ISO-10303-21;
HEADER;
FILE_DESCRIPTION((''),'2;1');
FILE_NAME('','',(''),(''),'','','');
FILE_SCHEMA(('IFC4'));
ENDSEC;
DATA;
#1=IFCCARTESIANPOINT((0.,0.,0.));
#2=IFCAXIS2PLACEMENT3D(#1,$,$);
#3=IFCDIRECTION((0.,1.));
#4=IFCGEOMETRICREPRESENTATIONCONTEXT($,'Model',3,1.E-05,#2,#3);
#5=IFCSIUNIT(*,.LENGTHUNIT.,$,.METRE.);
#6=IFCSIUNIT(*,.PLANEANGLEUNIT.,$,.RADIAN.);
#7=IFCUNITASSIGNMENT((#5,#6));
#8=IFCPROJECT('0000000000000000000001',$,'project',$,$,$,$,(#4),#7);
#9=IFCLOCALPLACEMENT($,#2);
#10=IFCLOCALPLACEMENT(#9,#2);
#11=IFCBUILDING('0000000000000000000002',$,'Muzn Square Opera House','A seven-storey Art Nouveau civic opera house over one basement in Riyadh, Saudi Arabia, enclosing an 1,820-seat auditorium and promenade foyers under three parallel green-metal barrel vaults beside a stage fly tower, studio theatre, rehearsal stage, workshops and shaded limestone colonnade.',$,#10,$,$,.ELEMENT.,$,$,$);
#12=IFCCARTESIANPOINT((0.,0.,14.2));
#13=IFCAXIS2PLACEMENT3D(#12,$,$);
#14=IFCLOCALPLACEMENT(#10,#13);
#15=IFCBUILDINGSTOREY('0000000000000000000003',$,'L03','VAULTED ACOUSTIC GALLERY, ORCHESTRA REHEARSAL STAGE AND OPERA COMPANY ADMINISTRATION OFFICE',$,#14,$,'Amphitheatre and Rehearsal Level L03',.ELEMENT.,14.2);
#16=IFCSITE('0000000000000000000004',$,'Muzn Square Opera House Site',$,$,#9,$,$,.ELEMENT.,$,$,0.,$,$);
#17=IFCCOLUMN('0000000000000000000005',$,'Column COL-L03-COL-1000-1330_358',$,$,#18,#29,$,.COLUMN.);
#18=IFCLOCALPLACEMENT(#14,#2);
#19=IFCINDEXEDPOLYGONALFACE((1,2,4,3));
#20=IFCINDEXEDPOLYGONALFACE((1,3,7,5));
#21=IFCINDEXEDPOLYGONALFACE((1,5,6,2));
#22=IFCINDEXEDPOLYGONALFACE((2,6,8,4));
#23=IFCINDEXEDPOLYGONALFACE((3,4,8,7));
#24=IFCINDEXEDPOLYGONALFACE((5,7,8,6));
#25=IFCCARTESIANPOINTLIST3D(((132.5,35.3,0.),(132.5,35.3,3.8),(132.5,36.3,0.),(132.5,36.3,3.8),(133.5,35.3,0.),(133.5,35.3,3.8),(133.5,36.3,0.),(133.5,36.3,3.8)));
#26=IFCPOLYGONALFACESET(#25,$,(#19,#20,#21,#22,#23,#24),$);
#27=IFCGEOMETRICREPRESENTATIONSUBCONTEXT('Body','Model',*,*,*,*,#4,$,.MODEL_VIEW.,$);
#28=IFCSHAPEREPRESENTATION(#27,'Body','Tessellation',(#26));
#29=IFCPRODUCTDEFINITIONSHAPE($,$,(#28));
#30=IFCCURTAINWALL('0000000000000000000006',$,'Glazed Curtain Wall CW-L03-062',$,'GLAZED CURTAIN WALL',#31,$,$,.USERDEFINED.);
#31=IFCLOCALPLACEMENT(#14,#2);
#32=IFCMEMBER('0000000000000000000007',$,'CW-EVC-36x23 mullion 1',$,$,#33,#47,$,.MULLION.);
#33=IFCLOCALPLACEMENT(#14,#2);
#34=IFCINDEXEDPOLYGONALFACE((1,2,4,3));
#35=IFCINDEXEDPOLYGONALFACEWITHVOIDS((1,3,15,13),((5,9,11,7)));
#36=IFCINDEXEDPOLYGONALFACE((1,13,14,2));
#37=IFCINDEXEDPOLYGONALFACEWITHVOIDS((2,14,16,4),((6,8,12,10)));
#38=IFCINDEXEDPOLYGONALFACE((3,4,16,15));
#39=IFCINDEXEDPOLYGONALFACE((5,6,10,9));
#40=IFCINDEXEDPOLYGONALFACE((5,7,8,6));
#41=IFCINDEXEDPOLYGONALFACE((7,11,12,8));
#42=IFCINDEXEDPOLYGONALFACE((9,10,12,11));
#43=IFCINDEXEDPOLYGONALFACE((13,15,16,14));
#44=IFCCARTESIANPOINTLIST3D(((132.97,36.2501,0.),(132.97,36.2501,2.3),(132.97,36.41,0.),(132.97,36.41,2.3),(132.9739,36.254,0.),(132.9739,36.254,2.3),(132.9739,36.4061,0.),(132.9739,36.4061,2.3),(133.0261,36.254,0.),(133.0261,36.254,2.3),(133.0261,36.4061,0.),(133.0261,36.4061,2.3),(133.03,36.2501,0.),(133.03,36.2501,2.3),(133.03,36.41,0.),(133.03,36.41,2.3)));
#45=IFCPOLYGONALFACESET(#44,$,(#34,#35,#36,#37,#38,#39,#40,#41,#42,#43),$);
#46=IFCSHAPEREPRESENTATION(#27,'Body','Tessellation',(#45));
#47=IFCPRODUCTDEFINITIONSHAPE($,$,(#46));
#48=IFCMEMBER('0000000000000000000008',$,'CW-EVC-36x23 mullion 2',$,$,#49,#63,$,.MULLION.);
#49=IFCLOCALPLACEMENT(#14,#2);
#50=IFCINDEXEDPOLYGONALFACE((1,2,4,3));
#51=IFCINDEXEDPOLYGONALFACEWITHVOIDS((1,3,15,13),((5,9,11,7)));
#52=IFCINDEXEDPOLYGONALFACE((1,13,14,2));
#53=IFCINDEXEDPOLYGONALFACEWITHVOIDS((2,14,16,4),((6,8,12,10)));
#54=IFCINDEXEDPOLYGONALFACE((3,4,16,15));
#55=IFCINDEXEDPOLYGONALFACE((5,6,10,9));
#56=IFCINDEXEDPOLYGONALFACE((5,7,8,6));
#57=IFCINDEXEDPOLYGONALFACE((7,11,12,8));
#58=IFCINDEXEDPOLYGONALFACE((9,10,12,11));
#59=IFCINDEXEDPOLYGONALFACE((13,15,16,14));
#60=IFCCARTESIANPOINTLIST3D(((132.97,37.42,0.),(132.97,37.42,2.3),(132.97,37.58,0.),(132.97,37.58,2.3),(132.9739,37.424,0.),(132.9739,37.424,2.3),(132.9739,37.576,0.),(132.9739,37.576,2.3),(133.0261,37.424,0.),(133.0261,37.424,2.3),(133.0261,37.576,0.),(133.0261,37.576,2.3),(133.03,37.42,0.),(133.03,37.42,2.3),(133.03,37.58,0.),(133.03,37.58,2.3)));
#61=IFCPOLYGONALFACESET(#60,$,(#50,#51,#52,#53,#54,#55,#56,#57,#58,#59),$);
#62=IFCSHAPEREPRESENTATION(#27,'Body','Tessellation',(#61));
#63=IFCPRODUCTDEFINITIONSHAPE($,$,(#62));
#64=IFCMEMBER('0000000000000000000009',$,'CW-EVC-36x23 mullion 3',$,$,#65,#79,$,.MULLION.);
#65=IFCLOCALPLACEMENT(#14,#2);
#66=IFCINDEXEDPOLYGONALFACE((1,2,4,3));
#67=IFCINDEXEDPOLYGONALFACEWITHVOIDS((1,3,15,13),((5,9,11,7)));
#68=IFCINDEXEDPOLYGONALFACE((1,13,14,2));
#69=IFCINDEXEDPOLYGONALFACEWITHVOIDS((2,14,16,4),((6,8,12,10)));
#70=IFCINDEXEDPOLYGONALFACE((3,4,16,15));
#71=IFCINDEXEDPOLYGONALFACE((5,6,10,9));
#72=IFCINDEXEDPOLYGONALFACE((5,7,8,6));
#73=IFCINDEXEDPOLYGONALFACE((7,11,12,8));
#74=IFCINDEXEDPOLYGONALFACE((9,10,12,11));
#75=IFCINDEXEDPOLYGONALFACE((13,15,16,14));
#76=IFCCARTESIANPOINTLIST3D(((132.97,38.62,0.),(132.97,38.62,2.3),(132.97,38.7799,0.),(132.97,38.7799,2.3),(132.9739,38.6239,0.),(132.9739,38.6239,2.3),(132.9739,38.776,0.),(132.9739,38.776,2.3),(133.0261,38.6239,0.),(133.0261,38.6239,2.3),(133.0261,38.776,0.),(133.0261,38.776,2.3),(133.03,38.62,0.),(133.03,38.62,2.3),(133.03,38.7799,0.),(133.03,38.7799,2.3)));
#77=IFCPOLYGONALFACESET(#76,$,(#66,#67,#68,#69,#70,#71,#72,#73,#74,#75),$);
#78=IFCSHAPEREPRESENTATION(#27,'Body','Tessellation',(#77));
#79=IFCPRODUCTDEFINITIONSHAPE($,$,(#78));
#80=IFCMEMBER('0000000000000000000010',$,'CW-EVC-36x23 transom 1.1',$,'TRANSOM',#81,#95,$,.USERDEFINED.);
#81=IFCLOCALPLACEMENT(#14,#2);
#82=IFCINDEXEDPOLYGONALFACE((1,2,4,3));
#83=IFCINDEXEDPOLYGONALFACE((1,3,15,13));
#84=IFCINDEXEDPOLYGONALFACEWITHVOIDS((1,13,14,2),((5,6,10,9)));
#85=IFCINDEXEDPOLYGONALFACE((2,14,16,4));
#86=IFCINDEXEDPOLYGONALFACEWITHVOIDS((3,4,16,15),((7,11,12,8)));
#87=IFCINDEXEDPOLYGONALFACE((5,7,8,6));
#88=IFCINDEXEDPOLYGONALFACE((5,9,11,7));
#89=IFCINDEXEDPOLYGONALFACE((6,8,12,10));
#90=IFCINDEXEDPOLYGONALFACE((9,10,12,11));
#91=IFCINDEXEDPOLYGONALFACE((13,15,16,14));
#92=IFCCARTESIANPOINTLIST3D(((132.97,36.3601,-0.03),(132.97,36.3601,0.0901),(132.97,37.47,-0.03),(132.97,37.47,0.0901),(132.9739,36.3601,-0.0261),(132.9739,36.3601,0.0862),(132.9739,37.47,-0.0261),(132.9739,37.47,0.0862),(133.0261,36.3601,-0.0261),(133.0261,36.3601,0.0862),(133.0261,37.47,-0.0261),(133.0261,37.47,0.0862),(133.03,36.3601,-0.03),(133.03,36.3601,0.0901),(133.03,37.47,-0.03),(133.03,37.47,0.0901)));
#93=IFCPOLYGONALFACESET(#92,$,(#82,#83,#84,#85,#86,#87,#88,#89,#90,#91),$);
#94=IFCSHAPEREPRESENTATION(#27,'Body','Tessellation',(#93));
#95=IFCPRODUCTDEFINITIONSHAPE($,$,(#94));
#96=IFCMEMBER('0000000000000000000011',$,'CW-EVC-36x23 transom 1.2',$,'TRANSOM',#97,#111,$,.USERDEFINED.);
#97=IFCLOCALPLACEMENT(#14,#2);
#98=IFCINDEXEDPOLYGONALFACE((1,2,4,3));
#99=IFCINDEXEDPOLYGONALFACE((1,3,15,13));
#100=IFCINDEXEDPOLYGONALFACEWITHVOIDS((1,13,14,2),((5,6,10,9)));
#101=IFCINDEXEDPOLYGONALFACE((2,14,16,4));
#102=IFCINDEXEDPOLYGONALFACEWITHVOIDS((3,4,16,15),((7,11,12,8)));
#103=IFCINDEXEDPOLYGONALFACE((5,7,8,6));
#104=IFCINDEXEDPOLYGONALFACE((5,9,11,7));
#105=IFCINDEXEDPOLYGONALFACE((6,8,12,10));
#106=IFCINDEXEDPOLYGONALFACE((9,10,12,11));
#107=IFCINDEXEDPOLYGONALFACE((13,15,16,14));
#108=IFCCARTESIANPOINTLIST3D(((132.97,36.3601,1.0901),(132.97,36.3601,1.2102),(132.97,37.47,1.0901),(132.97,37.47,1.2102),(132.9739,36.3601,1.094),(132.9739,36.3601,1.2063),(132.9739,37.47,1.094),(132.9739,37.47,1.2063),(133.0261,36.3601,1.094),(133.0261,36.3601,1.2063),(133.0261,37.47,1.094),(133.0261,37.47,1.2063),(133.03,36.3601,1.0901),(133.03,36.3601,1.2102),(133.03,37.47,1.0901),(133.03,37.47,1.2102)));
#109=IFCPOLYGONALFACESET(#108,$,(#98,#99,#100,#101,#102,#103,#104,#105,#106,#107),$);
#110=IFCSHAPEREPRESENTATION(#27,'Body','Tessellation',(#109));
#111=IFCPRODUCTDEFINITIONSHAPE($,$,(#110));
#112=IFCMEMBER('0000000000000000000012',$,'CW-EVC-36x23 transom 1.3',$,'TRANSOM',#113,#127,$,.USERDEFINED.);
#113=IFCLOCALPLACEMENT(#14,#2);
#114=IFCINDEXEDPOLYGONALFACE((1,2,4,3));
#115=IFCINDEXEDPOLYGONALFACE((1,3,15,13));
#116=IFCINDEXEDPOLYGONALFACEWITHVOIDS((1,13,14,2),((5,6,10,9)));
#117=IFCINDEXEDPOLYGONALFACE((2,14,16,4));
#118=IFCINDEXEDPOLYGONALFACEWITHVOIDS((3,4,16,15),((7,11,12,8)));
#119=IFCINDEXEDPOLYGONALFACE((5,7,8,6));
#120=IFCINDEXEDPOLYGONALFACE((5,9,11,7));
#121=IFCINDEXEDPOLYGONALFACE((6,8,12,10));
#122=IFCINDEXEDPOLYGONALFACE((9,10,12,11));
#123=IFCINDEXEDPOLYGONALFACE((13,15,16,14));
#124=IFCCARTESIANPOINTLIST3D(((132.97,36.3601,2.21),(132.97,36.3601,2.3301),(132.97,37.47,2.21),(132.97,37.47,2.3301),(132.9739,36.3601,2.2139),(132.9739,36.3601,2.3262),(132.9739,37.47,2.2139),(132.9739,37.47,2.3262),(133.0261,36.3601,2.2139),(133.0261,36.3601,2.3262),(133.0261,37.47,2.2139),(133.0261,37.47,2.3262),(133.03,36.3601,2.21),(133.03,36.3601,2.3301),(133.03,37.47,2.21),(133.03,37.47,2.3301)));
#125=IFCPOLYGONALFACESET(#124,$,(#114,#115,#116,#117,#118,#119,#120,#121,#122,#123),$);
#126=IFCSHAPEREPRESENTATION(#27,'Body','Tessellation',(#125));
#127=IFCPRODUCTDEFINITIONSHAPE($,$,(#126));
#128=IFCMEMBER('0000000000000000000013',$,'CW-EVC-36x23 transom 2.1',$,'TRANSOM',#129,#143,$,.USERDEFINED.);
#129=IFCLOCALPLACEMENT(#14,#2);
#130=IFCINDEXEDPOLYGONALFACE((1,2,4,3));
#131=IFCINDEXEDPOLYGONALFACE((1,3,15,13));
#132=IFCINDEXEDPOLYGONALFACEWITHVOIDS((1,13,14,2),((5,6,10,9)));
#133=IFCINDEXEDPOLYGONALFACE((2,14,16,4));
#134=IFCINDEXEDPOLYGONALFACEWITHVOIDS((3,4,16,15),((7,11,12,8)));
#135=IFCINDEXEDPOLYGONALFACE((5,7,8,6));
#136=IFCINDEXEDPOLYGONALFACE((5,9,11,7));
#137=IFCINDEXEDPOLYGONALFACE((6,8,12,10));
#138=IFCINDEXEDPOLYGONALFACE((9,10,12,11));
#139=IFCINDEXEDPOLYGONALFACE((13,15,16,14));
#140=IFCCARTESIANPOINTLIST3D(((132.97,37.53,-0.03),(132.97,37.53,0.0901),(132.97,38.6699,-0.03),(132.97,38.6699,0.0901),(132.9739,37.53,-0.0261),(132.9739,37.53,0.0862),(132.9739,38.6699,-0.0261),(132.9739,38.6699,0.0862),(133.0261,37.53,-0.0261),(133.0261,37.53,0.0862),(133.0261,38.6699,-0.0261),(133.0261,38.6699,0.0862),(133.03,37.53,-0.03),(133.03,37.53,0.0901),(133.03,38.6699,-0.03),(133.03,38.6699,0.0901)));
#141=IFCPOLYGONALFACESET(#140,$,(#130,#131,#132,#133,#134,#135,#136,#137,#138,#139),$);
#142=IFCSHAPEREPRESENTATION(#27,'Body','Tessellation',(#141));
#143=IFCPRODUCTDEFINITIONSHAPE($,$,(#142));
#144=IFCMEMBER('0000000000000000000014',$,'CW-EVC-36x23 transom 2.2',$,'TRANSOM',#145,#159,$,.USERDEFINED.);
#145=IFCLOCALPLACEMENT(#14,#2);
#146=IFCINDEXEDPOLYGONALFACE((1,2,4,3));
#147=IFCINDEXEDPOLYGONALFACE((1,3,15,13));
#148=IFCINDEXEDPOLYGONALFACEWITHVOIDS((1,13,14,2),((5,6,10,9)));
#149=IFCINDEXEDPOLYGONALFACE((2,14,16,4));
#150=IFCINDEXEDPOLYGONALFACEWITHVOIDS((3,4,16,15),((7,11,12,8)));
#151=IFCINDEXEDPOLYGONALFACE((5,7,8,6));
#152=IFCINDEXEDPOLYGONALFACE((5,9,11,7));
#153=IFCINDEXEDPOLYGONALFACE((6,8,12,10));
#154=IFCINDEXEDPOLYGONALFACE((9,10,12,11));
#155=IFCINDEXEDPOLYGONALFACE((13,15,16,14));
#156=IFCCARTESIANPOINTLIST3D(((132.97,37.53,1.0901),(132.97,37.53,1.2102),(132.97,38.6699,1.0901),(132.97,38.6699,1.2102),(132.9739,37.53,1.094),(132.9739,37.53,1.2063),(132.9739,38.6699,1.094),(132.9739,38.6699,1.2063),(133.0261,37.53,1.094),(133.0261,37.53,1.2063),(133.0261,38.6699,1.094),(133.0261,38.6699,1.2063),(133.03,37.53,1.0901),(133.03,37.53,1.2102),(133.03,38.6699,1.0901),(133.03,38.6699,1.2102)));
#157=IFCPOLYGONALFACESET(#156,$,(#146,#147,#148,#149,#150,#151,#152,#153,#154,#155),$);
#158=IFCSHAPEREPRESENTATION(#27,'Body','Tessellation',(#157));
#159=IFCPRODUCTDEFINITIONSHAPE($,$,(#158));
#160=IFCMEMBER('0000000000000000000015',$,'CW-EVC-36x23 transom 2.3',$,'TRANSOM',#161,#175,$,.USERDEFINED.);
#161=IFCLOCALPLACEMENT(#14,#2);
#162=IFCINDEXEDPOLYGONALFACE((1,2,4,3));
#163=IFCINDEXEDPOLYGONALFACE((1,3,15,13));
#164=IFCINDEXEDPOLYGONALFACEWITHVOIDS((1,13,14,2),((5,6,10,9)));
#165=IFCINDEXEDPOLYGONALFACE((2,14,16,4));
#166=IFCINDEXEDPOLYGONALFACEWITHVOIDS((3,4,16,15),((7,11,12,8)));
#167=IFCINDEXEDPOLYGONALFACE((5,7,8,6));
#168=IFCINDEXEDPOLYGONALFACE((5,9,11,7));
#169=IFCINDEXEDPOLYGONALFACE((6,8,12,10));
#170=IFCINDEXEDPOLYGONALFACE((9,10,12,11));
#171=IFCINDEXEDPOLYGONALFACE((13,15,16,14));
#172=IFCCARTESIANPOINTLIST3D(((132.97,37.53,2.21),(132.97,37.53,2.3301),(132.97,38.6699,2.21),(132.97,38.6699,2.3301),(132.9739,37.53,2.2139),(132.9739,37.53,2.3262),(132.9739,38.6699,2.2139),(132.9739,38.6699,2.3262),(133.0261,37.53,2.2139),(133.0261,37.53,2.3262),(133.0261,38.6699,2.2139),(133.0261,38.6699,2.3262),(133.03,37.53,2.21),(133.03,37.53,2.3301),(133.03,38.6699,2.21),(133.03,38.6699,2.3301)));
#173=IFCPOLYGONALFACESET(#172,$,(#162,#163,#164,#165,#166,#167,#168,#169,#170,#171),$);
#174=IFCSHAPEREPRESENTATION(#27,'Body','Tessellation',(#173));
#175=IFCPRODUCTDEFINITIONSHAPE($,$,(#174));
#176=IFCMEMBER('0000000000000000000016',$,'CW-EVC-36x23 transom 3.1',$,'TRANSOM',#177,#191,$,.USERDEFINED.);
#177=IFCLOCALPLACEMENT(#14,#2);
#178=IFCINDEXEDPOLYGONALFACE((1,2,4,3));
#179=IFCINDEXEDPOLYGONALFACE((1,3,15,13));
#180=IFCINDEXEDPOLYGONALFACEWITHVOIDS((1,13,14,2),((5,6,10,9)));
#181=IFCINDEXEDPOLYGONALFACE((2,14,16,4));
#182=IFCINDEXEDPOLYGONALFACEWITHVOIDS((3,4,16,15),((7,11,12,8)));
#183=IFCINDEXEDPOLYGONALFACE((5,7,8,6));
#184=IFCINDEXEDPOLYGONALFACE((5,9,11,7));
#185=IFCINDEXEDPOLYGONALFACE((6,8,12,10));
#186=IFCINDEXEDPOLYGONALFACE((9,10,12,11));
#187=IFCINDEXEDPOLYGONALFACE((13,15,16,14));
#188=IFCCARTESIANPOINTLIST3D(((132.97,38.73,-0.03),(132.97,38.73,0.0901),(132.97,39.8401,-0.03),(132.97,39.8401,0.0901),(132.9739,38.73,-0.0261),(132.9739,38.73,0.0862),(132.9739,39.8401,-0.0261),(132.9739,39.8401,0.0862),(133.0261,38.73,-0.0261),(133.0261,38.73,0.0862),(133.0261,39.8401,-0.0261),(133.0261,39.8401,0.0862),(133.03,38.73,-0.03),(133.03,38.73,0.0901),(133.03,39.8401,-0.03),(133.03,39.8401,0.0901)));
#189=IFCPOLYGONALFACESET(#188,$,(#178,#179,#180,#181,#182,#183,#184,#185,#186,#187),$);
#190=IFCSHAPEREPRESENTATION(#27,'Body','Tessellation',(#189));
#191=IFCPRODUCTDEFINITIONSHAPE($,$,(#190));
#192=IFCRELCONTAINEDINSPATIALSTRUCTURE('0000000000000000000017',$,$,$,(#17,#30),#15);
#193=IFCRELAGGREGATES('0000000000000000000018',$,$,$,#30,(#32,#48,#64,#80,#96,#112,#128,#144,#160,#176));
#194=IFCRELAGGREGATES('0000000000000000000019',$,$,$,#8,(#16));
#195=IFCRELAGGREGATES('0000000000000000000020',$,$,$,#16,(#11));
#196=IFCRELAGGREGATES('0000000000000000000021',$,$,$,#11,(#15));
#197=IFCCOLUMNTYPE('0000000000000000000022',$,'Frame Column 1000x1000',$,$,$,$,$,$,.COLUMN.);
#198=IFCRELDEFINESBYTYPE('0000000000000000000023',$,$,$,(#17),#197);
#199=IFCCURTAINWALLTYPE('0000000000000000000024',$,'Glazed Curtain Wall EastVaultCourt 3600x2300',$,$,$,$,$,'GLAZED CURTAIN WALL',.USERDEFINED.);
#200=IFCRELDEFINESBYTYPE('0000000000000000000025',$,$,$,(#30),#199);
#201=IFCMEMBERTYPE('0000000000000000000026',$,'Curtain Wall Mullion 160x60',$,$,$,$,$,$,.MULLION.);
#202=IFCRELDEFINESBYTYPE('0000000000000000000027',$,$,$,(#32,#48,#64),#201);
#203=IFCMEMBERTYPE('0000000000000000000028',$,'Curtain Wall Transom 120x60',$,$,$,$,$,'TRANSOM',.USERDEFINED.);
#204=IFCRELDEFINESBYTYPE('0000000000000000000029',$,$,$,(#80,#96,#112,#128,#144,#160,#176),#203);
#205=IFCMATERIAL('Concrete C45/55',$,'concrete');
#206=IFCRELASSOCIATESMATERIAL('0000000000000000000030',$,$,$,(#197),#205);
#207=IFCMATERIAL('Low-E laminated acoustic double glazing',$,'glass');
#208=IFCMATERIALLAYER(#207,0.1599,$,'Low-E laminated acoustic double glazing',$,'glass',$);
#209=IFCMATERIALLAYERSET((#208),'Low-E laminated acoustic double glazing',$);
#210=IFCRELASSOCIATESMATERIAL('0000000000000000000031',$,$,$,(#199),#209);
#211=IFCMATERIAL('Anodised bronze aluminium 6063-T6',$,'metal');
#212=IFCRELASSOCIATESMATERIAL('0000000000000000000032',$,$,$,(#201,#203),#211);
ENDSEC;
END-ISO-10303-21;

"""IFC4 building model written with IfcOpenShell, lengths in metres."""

from ifc_helpers import new_model, si_unit, direction, frame, origin, origin_2d, place, context, subcontext, project, spatial, rectangle, hollow_rectangle, extrude, material, layer, layer_set, material_profile, profile_set, type_object, element, aggregate, save


model = new_model("IFC4")

# Units and contexts
model_context = context("Model", 3, precision=1e-05, world=origin(), true_north=direction((0.0, 1.0)))
body_context = subcontext(model_context, "Body", "Model", "MODEL_VIEW")
ifc_project = project(units=[si_unit("LENGTHUNIT", "METRE"), si_unit("PLANEANGLEUNIT", "RADIAN")], contexts=[model_context])

# Site, building, storey
site_placement = place(None, origin())
site = spatial("IfcSite", under=ifc_project, at=site_placement, Name="Muzn Square Opera House Site", CompositionType="ELEMENT", RefElevation=0.0)
building_placement = place(site_placement, origin())
building = spatial("IfcBuilding", under=site, at=building_placement, Name="Muzn Square Opera House", Description="A seven-storey Art Nouveau civic opera house over one basement in Riyadh, Saudi Arabia, enclosing an 1,820-seat auditorium and promenade foyers under three parallel green-metal barrel vaults beside a stage fly tower, studio theatre, rehearsal stage, workshops and shaded limestone colonnade.", CompositionType="ELEMENT")
storey_placement = place(building_placement, frame((0.0, 0.0, 14.2)))
storey = spatial("IfcBuildingStorey", under=building, at=storey_placement, Name="L03", Description="VAULTED ACOUSTIC GALLERY, ORCHESTRA REHEARSAL STAGE AND OPERA COMPANY ADMINISTRATION OFFICE", LongName="Amphitheatre and Rehearsal Level L03", CompositionType="ELEMENT", Elevation=14.2)

# Column
ifc_material_1 = material(Name="Concrete C45/55", Category="concrete")
ifc_material_profile_1 = material_profile(ifc_material_1, rectangle(XDim=1.0, YDim=1.0, at=origin_2d()), Name="RC 1000x1000", Category="concrete")
ifc_profile_set_1 = profile_set([ifc_material_profile_1], Name="Concrete C45/55")
column_type = type_object("IfcColumnType", Name="Frame Column 1000x1000", PredefinedType="COLUMN", material=ifc_profile_set_1)
column_placement = place(storey_placement, frame((133.0, 35.8, 0.0), z_axis=(0.0, 0.0, 1.0), x_axis=(1.0, 0.0, 0.0)))
element("IfcColumn", 1, at=column_placement, inside=storey, type_object=column_type, Name="Column COL-L03-COL-1000-1330_358", PredefinedType="COLUMN", context=body_context, shape_type="SweptSolid", body=[
    extrude(rectangle(XDim=1.0, YDim=1.0, at=origin_2d()), origin(), (0.0, 0.0, 1.0), 3.8),
])

# Curtain wall, members
ifc_material_2 = material(Name="Low-E laminated acoustic double glazing", Category="glass")
ifc_layer_1 = layer(ifc_material_2, 0.1599, Name="Low-E laminated acoustic double glazing", Category="glass")
ifc_layer_set_1 = layer_set([ifc_layer_1], Name="Low-E laminated acoustic double glazing")
curtain_wall_type = type_object("IfcCurtainWallType", Name="Glazed Curtain Wall EastVaultCourt 3600x2300", ElementType="GLAZED CURTAIN WALL", PredefinedType="USERDEFINED", material=ifc_layer_set_1)
curtain_wall_placement = place(storey_placement, origin())
curtain_wall = element("IfcCurtainWall", 2, at=curtain_wall_placement, inside=storey, type_object=curtain_wall_type, Name="Glazed Curtain Wall CW-L03-062", ObjectType="GLAZED CURTAIN WALL", PredefinedType="USERDEFINED")
ifc_material_3 = material(Name="Anodised bronze aluminium 6063-T6", Category="metal")
ifc_material_profile_2 = material_profile(ifc_material_3, hollow_rectangle(XDim=0.0601, YDim=0.1599, WallThickness=0.0039, at=origin_2d()), Name="ALU 160x60x4", Category="metal")
ifc_profile_set_2 = profile_set([ifc_material_profile_2], Name="Anodised bronze aluminium 6063-T6")
member_type_1 = type_object("IfcMemberType", Name="Curtain Wall Mullion 160x60", PredefinedType="MULLION", material=ifc_profile_set_2)
member_1_placement = place(storey_placement, frame((133.0, 36.3301, 0.0), z_axis=(0.0, 0.0, 1.0), x_axis=(-1.0, 0.0, 0.0)))
member_1 = element("IfcMember", 3, at=member_1_placement, type_object=member_type_1, Name="CW-EVC-36x23 mullion 1", PredefinedType="MULLION", context=body_context, shape_type="SweptSolid", body=[
    extrude(hollow_rectangle(XDim=0.0601, YDim=0.1599, WallThickness=0.0039, at=origin_2d()), origin(), (0.0, 0.0, 1.0), 2.3),
])
member_2_placement = place(storey_placement, frame((133.0, 37.5, 0.0), z_axis=(0.0, 0.0, 1.0), x_axis=(-1.0, 0.0, 0.0)))
member_2 = element("IfcMember", 4, at=member_2_placement, type_object=member_type_1, Name="CW-EVC-36x23 mullion 2", PredefinedType="MULLION", context=body_context, shape_type="SweptSolid", body=[
    extrude(hollow_rectangle(XDim=0.0601, YDim=0.1599, WallThickness=0.0039, at=origin_2d()), origin(), (0.0, 0.0, 1.0), 2.3),
])
member_3_placement = place(storey_placement, frame((133.0, 38.7, 0.0), z_axis=(0.0, 0.0, 1.0), x_axis=(-1.0, 0.0, 0.0)))
member_3 = element("IfcMember", 5, at=member_3_placement, type_object=member_type_1, Name="CW-EVC-36x23 mullion 3", PredefinedType="MULLION", context=body_context, shape_type="SweptSolid", body=[
    extrude(hollow_rectangle(XDim=0.0601, YDim=0.1599, WallThickness=0.0039, at=origin_2d()), origin(), (0.0, 0.0, 1.0), 2.3),
])
ifc_material_profile_3 = material_profile(ifc_material_3, hollow_rectangle(XDim=0.0601, YDim=0.1201, WallThickness=0.0039, at=origin_2d()), Name="ALU 120x60x4", Category="metal")
ifc_profile_set_3 = profile_set([ifc_material_profile_3], Name="Anodised bronze aluminium 6063-T6")
member_type_2 = type_object("IfcMemberType", Name="Curtain Wall Transom 120x60", ElementType="TRANSOM", PredefinedType="USERDEFINED", material=ifc_profile_set_3)
member_4_placement = place(storey_placement, frame((133.0, 36.3601, 0.03), z_axis=(0.0, 1.0, 0.0), x_axis=(-1.0, 0.0, 0.0)))
member_4 = element("IfcMember", 6, at=member_4_placement, type_object=member_type_2, Name="CW-EVC-36x23 transom 1.1", ObjectType="TRANSOM", PredefinedType="USERDEFINED", context=body_context, shape_type="SweptSolid", body=[
    extrude(hollow_rectangle(XDim=0.0601, YDim=0.1201, WallThickness=0.0039, at=origin_2d()), origin(), (0.0, 0.0, 1.0), 1.1099),
])
member_5_placement = place(storey_placement, frame((133.0, 36.3601, 1.1501), z_axis=(0.0, 1.0, 0.0), x_axis=(-1.0, 0.0, 0.0)))
member_5 = element("IfcMember", 7, at=member_5_placement, type_object=member_type_2, Name="CW-EVC-36x23 transom 1.2", ObjectType="TRANSOM", PredefinedType="USERDEFINED", context=body_context, shape_type="SweptSolid", body=[
    extrude(hollow_rectangle(XDim=0.0601, YDim=0.1201, WallThickness=0.0039, at=origin_2d()), origin(), (0.0, 0.0, 1.0), 1.1099),
])
member_6_placement = place(storey_placement, frame((133.0, 36.3601, 2.27), z_axis=(0.0, 1.0, 0.0), x_axis=(-1.0, 0.0, 0.0)))
member_6 = element("IfcMember", 8, at=member_6_placement, type_object=member_type_2, Name="CW-EVC-36x23 transom 1.3", ObjectType="TRANSOM", PredefinedType="USERDEFINED", context=body_context, shape_type="SweptSolid", body=[
    extrude(hollow_rectangle(XDim=0.0601, YDim=0.1201, WallThickness=0.0039, at=origin_2d()), origin(), (0.0, 0.0, 1.0), 1.1099),
])
member_7_placement = place(storey_placement, frame((133.0, 37.53, 0.03), z_axis=(0.0, 1.0, 0.0), x_axis=(-1.0, 0.0, 0.0)))
member_7 = element("IfcMember", 9, at=member_7_placement, type_object=member_type_2, Name="CW-EVC-36x23 transom 2.1", ObjectType="TRANSOM", PredefinedType="USERDEFINED", context=body_context, shape_type="SweptSolid", body=[
    extrude(hollow_rectangle(XDim=0.0601, YDim=0.1201, WallThickness=0.0039, at=origin_2d()), origin(), (0.0, 0.0, 1.0), 1.1399),
])
member_8_placement = place(storey_placement, frame((133.0, 37.53, 1.1501), z_axis=(0.0, 1.0, 0.0), x_axis=(-1.0, 0.0, 0.0)))
member_8 = element("IfcMember", 10, at=member_8_placement, type_object=member_type_2, Name="CW-EVC-36x23 transom 2.2", ObjectType="TRANSOM", PredefinedType="USERDEFINED", context=body_context, shape_type="SweptSolid", body=[
    extrude(hollow_rectangle(XDim=0.0601, YDim=0.1201, WallThickness=0.0039, at=origin_2d()), origin(), (0.0, 0.0, 1.0), 1.1399),
])
member_9_placement = place(storey_placement, frame((133.0, 37.53, 2.27), z_axis=(0.0, 1.0, 0.0), x_axis=(-1.0, 0.0, 0.0)))
member_9 = element("IfcMember", 11, at=member_9_placement, type_object=member_type_2, Name="CW-EVC-36x23 transom 2.3", ObjectType="TRANSOM", PredefinedType="USERDEFINED", context=body_context, shape_type="SweptSolid", body=[
    extrude(hollow_rectangle(XDim=0.0601, YDim=0.1201, WallThickness=0.0039, at=origin_2d()), origin(), (0.0, 0.0, 1.0), 1.1399),
])
member_10_placement = place(storey_placement, frame((133.0, 38.73, 0.03), z_axis=(0.0, 1.0, 0.0), x_axis=(-1.0, 0.0, 0.0)))
member_10 = element("IfcMember", 12, at=member_10_placement, type_object=member_type_2, Name="CW-EVC-36x23 transom 3.1", ObjectType="TRANSOM", PredefinedType="USERDEFINED", context=body_context, shape_type="SweptSolid", body=[
    extrude(hollow_rectangle(XDim=0.0601, YDim=0.1201, WallThickness=0.0039, at=origin_2d()), origin(), (0.0, 0.0, 1.0), 1.1101),
])

aggregate(curtain_wall, [member_1, member_2, member_3, member_4, member_5, member_6, member_7, member_8, member_9, member_10])

save(model, "model.ifc")
